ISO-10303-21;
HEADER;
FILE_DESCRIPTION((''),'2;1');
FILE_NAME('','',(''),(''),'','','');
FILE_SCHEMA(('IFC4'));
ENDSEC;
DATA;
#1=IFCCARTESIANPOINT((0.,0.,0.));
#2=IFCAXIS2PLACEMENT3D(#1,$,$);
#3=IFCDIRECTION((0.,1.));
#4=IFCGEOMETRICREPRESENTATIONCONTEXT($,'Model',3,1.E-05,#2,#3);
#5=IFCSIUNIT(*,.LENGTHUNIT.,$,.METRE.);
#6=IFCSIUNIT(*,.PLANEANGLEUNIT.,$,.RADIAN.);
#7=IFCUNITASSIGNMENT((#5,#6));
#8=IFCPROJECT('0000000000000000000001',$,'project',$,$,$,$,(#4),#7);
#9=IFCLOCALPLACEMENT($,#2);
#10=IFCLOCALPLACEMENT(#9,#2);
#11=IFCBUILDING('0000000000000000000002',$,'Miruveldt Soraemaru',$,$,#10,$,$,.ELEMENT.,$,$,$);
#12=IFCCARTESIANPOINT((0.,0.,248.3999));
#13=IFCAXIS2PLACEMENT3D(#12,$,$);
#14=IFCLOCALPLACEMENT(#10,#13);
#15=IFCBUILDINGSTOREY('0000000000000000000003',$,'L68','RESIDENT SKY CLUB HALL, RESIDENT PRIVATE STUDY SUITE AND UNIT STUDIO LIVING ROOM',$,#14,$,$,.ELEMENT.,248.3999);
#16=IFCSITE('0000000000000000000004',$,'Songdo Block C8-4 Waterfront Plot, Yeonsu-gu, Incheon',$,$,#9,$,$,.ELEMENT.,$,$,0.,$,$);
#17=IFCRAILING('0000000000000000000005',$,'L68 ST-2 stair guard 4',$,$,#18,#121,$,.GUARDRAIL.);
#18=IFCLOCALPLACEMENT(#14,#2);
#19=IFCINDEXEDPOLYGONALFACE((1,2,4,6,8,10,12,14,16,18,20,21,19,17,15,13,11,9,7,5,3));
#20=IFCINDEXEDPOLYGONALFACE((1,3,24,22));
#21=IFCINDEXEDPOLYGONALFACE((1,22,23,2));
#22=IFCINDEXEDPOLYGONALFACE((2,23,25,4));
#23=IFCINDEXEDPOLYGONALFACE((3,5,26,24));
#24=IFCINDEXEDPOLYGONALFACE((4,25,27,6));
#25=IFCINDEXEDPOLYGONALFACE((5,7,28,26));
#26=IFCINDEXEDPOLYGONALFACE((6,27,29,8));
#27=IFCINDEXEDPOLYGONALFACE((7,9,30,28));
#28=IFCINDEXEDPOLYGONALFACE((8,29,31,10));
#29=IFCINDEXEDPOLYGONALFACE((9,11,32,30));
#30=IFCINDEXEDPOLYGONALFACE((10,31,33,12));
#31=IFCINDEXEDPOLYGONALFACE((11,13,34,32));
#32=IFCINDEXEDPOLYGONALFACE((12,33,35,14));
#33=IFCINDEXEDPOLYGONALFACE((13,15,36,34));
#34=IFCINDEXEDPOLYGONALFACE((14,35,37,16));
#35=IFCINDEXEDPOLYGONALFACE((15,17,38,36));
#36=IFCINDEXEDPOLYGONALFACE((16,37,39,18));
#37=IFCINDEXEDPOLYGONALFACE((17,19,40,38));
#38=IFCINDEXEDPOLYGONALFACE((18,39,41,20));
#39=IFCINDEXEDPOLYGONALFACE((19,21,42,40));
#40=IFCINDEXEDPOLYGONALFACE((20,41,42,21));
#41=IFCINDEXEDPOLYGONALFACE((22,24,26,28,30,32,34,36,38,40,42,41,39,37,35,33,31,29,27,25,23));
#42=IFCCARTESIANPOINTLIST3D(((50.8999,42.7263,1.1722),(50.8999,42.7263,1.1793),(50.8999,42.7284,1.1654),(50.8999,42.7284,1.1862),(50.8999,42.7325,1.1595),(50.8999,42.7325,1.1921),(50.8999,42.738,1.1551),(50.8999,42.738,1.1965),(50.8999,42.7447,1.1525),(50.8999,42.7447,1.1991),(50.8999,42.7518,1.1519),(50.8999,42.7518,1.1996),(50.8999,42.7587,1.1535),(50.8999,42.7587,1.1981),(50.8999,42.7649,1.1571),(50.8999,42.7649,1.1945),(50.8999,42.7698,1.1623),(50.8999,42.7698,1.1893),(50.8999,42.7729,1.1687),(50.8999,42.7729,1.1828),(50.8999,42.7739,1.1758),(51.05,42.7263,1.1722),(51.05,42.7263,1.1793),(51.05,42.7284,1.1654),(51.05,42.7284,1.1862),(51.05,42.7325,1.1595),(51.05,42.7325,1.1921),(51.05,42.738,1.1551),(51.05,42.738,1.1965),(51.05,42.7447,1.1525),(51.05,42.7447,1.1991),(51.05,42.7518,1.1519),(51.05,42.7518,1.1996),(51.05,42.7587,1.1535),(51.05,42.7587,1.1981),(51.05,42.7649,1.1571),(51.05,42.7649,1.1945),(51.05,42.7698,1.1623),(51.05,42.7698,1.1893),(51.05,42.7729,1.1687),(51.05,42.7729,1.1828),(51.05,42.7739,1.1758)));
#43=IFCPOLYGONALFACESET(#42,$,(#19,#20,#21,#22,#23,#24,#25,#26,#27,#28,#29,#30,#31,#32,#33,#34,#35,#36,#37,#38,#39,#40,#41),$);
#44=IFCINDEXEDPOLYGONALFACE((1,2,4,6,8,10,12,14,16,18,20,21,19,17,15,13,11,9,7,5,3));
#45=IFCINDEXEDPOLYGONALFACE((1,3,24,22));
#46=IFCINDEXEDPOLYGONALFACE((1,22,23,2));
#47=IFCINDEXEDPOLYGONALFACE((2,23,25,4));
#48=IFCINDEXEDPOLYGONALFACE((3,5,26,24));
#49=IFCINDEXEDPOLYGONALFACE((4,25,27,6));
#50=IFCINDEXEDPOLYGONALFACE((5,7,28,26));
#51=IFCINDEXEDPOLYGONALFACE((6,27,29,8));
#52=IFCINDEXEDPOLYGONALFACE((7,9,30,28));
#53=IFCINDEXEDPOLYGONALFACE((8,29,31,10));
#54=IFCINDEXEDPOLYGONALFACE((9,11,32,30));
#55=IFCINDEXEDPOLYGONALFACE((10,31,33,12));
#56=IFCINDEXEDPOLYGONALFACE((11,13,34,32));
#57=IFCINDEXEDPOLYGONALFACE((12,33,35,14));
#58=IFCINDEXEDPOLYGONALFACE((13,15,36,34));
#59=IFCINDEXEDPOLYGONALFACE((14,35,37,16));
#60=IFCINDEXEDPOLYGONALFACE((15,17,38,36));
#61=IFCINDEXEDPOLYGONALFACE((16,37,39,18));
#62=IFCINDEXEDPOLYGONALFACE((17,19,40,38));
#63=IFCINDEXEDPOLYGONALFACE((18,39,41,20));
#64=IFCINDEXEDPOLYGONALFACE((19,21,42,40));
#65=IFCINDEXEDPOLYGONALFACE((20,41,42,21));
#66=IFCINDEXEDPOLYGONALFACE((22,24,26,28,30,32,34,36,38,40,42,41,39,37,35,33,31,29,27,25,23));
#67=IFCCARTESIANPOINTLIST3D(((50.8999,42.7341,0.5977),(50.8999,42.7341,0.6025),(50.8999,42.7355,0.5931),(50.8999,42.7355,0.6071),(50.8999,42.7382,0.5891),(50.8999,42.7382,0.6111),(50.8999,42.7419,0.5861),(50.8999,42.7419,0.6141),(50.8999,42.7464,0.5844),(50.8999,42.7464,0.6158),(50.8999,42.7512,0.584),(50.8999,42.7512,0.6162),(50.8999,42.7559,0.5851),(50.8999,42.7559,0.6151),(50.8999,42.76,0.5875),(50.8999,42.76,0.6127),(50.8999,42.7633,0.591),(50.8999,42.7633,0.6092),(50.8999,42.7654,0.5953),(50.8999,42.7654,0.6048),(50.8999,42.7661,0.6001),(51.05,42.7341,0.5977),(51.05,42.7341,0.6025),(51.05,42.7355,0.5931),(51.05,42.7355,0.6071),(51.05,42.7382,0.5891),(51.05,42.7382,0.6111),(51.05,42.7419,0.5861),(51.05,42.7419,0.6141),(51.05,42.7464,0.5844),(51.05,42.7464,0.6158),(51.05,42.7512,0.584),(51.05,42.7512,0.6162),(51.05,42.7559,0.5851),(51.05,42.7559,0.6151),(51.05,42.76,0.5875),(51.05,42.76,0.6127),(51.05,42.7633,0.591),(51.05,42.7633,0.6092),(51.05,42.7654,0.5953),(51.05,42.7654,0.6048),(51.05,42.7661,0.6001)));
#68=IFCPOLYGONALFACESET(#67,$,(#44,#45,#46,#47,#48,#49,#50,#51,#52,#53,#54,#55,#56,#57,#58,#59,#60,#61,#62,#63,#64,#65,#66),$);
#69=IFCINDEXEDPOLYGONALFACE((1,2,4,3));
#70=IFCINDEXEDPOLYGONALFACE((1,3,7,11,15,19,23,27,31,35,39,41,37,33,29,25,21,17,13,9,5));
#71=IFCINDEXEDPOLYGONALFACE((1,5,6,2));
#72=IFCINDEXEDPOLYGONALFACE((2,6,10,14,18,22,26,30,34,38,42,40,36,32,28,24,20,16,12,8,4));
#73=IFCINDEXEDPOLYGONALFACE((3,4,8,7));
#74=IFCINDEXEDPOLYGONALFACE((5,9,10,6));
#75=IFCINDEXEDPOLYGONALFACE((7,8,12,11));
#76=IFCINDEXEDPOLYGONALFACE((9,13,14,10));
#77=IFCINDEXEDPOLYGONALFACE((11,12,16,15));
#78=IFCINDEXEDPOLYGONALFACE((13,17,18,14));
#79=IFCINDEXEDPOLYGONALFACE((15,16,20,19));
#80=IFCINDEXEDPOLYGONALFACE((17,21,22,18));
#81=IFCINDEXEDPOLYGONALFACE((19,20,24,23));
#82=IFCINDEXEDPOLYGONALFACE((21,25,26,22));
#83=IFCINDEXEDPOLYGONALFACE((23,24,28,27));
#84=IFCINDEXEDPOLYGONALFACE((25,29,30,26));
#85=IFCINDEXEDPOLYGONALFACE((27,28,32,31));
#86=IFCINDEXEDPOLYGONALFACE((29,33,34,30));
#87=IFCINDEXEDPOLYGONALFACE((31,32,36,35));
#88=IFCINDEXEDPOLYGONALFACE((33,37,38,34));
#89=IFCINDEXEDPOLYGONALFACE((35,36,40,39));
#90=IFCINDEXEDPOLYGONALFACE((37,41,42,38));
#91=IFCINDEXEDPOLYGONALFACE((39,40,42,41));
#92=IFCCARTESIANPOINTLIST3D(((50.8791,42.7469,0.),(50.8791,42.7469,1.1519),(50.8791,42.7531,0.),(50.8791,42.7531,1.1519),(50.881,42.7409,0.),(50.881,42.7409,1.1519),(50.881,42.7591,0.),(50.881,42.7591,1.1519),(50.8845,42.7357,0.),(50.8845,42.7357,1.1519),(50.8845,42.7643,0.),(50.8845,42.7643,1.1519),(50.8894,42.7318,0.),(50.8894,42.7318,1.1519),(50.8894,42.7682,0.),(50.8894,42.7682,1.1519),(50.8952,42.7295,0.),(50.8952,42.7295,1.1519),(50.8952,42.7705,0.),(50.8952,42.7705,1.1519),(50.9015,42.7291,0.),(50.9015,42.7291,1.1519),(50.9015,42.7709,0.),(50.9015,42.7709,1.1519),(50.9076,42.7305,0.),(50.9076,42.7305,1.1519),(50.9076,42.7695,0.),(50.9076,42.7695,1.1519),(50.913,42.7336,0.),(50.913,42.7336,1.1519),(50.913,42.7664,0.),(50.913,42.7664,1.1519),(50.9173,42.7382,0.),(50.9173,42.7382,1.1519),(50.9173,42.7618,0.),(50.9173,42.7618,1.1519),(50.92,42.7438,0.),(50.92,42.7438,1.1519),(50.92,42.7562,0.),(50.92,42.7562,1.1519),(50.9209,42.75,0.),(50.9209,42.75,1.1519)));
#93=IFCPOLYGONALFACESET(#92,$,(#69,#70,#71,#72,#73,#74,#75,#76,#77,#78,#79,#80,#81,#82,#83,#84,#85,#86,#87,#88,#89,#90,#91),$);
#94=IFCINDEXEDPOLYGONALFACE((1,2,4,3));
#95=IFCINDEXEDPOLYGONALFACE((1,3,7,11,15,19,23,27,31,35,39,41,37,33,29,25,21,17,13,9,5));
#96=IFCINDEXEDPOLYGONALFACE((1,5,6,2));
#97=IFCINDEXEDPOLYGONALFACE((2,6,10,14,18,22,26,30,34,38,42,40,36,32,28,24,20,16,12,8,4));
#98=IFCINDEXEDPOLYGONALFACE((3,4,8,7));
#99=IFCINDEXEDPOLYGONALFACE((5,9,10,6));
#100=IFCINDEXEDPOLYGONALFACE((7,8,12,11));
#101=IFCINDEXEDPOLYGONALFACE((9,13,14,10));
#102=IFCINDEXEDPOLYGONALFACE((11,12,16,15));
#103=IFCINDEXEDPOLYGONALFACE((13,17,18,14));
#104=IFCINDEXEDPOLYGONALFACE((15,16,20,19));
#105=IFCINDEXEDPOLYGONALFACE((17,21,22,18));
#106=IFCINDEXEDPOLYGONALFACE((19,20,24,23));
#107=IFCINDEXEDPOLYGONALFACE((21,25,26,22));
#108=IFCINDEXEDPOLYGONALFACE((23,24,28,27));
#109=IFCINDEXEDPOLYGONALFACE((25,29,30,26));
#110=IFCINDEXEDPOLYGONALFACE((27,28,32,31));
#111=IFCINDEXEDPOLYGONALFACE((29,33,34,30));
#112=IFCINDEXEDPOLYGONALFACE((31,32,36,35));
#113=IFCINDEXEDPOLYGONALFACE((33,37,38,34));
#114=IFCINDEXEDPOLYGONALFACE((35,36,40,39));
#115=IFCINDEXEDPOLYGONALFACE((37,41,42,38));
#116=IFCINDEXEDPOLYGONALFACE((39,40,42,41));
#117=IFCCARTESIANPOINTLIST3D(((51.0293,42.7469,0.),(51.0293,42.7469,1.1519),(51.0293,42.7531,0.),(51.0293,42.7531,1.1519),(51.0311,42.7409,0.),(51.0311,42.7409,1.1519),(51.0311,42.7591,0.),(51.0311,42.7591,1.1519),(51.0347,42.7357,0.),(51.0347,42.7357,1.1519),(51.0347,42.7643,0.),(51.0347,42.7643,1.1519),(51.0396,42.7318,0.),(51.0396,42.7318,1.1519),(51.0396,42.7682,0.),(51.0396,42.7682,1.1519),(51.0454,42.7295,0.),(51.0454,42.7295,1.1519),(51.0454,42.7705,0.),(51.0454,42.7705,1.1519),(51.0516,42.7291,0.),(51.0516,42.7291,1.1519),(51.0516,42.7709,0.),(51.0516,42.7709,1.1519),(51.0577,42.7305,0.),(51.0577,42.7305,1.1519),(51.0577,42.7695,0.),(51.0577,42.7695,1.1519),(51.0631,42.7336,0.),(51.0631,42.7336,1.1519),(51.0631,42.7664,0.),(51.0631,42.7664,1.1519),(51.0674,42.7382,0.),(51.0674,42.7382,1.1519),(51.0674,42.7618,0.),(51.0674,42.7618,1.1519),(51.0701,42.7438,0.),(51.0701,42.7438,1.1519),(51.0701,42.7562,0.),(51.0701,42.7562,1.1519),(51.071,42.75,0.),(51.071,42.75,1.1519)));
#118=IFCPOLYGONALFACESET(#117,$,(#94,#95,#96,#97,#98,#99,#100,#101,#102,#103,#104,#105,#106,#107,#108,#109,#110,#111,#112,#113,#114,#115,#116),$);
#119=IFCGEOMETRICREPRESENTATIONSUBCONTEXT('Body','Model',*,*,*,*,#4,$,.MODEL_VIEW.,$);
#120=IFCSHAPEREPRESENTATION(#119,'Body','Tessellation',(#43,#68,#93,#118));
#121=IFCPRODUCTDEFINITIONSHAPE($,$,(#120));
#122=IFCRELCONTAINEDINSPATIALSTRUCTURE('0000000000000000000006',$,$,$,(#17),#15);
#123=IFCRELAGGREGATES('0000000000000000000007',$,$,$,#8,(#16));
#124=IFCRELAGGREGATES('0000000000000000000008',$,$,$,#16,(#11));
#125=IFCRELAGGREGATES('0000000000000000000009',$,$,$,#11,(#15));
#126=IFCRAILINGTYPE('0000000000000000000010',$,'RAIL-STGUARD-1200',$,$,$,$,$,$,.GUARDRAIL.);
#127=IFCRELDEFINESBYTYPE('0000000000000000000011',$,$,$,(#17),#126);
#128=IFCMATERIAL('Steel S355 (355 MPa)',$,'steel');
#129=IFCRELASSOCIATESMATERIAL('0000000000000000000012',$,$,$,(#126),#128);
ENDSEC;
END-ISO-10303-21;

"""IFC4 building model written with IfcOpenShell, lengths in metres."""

from ifc_helpers import new_model, si_unit, direction, frame, origin, origin_2d, place, context, subcontext, project, spatial, circle, extrude, material, type_object, element, save


model = new_model("IFC4")

# Units and contexts
model_context = context("Model", 3, precision=1e-05, world=origin(), true_north=direction((0.0, 1.0)))
body_context = subcontext(model_context, "Body", "Model", "MODEL_VIEW")
ifc_project = project(units=[si_unit("LENGTHUNIT", "METRE"), si_unit("PLANEANGLEUNIT", "RADIAN")], contexts=[model_context])

# Site, building, storey
site_placement = place(None, origin())
site = spatial("IfcSite", under=ifc_project, at=site_placement, Name="Songdo Block C8-4 Waterfront Plot, Yeonsu-gu, Incheon", CompositionType="ELEMENT", RefElevation=0.0)
building_placement = place(site_placement, origin())
building = spatial("IfcBuilding", under=site, at=building_placement, Name="Miruveldt Soraemaru", CompositionType="ELEMENT")
storey_placement = place(building_placement, frame((0.0, 0.0, 248.3999)))
storey = spatial("IfcBuildingStorey", under=building, at=storey_placement, Name="L68", Description="RESIDENT SKY CLUB HALL, RESIDENT PRIVATE STUDY SUITE AND UNIT STUDIO LIVING ROOM", CompositionType="ELEMENT", Elevation=248.3999)

# Railing
ifc_material_1 = material(Name="Steel S355 (355 MPa)", Category="steel")
railing_type_1 = type_object("IfcRailingType", Name="RAIL-STGUARD-1200", PredefinedType="GUARDRAIL", material=ifc_material_1)
railing_1_placement = place(storey_placement, frame((50.8999, 42.75, 0.0)))
element("IfcRailing", 1, at=railing_1_placement, inside=storey, type_object=railing_type_1, Name="L68 ST-2 stair guard 4", PredefinedType="GUARDRAIL", context=body_context, shape_type="SweptSolid", body=[
    extrude(circle(Radius=0.0239, at=origin_2d()), frame((0.0, 0.0, 1.1758), z_axis=(1.0, 0.0, 0.0), x_axis=(0.0, 1.0, 0.0)), (0.0, 0.0, 1.0), 0.1501),
    extrude(circle(Radius=0.0161, at=origin_2d()), frame((0.0, 0.0, 0.6001), z_axis=(1.0, 0.0, 0.0), x_axis=(0.0, 1.0, 0.0)), (0.0, 0.0, 1.0), 0.1501),
    extrude(circle(Radius=0.021, at=origin_2d()), origin(), (0.0, 0.0, 1.0), 1.1519),
    extrude(circle(Radius=0.021, at=origin_2d()), frame((0.1501, 0.0, 0.0)), (0.0, 0.0, 1.0), 1.1519),
])

save(model, "model.ifc")
